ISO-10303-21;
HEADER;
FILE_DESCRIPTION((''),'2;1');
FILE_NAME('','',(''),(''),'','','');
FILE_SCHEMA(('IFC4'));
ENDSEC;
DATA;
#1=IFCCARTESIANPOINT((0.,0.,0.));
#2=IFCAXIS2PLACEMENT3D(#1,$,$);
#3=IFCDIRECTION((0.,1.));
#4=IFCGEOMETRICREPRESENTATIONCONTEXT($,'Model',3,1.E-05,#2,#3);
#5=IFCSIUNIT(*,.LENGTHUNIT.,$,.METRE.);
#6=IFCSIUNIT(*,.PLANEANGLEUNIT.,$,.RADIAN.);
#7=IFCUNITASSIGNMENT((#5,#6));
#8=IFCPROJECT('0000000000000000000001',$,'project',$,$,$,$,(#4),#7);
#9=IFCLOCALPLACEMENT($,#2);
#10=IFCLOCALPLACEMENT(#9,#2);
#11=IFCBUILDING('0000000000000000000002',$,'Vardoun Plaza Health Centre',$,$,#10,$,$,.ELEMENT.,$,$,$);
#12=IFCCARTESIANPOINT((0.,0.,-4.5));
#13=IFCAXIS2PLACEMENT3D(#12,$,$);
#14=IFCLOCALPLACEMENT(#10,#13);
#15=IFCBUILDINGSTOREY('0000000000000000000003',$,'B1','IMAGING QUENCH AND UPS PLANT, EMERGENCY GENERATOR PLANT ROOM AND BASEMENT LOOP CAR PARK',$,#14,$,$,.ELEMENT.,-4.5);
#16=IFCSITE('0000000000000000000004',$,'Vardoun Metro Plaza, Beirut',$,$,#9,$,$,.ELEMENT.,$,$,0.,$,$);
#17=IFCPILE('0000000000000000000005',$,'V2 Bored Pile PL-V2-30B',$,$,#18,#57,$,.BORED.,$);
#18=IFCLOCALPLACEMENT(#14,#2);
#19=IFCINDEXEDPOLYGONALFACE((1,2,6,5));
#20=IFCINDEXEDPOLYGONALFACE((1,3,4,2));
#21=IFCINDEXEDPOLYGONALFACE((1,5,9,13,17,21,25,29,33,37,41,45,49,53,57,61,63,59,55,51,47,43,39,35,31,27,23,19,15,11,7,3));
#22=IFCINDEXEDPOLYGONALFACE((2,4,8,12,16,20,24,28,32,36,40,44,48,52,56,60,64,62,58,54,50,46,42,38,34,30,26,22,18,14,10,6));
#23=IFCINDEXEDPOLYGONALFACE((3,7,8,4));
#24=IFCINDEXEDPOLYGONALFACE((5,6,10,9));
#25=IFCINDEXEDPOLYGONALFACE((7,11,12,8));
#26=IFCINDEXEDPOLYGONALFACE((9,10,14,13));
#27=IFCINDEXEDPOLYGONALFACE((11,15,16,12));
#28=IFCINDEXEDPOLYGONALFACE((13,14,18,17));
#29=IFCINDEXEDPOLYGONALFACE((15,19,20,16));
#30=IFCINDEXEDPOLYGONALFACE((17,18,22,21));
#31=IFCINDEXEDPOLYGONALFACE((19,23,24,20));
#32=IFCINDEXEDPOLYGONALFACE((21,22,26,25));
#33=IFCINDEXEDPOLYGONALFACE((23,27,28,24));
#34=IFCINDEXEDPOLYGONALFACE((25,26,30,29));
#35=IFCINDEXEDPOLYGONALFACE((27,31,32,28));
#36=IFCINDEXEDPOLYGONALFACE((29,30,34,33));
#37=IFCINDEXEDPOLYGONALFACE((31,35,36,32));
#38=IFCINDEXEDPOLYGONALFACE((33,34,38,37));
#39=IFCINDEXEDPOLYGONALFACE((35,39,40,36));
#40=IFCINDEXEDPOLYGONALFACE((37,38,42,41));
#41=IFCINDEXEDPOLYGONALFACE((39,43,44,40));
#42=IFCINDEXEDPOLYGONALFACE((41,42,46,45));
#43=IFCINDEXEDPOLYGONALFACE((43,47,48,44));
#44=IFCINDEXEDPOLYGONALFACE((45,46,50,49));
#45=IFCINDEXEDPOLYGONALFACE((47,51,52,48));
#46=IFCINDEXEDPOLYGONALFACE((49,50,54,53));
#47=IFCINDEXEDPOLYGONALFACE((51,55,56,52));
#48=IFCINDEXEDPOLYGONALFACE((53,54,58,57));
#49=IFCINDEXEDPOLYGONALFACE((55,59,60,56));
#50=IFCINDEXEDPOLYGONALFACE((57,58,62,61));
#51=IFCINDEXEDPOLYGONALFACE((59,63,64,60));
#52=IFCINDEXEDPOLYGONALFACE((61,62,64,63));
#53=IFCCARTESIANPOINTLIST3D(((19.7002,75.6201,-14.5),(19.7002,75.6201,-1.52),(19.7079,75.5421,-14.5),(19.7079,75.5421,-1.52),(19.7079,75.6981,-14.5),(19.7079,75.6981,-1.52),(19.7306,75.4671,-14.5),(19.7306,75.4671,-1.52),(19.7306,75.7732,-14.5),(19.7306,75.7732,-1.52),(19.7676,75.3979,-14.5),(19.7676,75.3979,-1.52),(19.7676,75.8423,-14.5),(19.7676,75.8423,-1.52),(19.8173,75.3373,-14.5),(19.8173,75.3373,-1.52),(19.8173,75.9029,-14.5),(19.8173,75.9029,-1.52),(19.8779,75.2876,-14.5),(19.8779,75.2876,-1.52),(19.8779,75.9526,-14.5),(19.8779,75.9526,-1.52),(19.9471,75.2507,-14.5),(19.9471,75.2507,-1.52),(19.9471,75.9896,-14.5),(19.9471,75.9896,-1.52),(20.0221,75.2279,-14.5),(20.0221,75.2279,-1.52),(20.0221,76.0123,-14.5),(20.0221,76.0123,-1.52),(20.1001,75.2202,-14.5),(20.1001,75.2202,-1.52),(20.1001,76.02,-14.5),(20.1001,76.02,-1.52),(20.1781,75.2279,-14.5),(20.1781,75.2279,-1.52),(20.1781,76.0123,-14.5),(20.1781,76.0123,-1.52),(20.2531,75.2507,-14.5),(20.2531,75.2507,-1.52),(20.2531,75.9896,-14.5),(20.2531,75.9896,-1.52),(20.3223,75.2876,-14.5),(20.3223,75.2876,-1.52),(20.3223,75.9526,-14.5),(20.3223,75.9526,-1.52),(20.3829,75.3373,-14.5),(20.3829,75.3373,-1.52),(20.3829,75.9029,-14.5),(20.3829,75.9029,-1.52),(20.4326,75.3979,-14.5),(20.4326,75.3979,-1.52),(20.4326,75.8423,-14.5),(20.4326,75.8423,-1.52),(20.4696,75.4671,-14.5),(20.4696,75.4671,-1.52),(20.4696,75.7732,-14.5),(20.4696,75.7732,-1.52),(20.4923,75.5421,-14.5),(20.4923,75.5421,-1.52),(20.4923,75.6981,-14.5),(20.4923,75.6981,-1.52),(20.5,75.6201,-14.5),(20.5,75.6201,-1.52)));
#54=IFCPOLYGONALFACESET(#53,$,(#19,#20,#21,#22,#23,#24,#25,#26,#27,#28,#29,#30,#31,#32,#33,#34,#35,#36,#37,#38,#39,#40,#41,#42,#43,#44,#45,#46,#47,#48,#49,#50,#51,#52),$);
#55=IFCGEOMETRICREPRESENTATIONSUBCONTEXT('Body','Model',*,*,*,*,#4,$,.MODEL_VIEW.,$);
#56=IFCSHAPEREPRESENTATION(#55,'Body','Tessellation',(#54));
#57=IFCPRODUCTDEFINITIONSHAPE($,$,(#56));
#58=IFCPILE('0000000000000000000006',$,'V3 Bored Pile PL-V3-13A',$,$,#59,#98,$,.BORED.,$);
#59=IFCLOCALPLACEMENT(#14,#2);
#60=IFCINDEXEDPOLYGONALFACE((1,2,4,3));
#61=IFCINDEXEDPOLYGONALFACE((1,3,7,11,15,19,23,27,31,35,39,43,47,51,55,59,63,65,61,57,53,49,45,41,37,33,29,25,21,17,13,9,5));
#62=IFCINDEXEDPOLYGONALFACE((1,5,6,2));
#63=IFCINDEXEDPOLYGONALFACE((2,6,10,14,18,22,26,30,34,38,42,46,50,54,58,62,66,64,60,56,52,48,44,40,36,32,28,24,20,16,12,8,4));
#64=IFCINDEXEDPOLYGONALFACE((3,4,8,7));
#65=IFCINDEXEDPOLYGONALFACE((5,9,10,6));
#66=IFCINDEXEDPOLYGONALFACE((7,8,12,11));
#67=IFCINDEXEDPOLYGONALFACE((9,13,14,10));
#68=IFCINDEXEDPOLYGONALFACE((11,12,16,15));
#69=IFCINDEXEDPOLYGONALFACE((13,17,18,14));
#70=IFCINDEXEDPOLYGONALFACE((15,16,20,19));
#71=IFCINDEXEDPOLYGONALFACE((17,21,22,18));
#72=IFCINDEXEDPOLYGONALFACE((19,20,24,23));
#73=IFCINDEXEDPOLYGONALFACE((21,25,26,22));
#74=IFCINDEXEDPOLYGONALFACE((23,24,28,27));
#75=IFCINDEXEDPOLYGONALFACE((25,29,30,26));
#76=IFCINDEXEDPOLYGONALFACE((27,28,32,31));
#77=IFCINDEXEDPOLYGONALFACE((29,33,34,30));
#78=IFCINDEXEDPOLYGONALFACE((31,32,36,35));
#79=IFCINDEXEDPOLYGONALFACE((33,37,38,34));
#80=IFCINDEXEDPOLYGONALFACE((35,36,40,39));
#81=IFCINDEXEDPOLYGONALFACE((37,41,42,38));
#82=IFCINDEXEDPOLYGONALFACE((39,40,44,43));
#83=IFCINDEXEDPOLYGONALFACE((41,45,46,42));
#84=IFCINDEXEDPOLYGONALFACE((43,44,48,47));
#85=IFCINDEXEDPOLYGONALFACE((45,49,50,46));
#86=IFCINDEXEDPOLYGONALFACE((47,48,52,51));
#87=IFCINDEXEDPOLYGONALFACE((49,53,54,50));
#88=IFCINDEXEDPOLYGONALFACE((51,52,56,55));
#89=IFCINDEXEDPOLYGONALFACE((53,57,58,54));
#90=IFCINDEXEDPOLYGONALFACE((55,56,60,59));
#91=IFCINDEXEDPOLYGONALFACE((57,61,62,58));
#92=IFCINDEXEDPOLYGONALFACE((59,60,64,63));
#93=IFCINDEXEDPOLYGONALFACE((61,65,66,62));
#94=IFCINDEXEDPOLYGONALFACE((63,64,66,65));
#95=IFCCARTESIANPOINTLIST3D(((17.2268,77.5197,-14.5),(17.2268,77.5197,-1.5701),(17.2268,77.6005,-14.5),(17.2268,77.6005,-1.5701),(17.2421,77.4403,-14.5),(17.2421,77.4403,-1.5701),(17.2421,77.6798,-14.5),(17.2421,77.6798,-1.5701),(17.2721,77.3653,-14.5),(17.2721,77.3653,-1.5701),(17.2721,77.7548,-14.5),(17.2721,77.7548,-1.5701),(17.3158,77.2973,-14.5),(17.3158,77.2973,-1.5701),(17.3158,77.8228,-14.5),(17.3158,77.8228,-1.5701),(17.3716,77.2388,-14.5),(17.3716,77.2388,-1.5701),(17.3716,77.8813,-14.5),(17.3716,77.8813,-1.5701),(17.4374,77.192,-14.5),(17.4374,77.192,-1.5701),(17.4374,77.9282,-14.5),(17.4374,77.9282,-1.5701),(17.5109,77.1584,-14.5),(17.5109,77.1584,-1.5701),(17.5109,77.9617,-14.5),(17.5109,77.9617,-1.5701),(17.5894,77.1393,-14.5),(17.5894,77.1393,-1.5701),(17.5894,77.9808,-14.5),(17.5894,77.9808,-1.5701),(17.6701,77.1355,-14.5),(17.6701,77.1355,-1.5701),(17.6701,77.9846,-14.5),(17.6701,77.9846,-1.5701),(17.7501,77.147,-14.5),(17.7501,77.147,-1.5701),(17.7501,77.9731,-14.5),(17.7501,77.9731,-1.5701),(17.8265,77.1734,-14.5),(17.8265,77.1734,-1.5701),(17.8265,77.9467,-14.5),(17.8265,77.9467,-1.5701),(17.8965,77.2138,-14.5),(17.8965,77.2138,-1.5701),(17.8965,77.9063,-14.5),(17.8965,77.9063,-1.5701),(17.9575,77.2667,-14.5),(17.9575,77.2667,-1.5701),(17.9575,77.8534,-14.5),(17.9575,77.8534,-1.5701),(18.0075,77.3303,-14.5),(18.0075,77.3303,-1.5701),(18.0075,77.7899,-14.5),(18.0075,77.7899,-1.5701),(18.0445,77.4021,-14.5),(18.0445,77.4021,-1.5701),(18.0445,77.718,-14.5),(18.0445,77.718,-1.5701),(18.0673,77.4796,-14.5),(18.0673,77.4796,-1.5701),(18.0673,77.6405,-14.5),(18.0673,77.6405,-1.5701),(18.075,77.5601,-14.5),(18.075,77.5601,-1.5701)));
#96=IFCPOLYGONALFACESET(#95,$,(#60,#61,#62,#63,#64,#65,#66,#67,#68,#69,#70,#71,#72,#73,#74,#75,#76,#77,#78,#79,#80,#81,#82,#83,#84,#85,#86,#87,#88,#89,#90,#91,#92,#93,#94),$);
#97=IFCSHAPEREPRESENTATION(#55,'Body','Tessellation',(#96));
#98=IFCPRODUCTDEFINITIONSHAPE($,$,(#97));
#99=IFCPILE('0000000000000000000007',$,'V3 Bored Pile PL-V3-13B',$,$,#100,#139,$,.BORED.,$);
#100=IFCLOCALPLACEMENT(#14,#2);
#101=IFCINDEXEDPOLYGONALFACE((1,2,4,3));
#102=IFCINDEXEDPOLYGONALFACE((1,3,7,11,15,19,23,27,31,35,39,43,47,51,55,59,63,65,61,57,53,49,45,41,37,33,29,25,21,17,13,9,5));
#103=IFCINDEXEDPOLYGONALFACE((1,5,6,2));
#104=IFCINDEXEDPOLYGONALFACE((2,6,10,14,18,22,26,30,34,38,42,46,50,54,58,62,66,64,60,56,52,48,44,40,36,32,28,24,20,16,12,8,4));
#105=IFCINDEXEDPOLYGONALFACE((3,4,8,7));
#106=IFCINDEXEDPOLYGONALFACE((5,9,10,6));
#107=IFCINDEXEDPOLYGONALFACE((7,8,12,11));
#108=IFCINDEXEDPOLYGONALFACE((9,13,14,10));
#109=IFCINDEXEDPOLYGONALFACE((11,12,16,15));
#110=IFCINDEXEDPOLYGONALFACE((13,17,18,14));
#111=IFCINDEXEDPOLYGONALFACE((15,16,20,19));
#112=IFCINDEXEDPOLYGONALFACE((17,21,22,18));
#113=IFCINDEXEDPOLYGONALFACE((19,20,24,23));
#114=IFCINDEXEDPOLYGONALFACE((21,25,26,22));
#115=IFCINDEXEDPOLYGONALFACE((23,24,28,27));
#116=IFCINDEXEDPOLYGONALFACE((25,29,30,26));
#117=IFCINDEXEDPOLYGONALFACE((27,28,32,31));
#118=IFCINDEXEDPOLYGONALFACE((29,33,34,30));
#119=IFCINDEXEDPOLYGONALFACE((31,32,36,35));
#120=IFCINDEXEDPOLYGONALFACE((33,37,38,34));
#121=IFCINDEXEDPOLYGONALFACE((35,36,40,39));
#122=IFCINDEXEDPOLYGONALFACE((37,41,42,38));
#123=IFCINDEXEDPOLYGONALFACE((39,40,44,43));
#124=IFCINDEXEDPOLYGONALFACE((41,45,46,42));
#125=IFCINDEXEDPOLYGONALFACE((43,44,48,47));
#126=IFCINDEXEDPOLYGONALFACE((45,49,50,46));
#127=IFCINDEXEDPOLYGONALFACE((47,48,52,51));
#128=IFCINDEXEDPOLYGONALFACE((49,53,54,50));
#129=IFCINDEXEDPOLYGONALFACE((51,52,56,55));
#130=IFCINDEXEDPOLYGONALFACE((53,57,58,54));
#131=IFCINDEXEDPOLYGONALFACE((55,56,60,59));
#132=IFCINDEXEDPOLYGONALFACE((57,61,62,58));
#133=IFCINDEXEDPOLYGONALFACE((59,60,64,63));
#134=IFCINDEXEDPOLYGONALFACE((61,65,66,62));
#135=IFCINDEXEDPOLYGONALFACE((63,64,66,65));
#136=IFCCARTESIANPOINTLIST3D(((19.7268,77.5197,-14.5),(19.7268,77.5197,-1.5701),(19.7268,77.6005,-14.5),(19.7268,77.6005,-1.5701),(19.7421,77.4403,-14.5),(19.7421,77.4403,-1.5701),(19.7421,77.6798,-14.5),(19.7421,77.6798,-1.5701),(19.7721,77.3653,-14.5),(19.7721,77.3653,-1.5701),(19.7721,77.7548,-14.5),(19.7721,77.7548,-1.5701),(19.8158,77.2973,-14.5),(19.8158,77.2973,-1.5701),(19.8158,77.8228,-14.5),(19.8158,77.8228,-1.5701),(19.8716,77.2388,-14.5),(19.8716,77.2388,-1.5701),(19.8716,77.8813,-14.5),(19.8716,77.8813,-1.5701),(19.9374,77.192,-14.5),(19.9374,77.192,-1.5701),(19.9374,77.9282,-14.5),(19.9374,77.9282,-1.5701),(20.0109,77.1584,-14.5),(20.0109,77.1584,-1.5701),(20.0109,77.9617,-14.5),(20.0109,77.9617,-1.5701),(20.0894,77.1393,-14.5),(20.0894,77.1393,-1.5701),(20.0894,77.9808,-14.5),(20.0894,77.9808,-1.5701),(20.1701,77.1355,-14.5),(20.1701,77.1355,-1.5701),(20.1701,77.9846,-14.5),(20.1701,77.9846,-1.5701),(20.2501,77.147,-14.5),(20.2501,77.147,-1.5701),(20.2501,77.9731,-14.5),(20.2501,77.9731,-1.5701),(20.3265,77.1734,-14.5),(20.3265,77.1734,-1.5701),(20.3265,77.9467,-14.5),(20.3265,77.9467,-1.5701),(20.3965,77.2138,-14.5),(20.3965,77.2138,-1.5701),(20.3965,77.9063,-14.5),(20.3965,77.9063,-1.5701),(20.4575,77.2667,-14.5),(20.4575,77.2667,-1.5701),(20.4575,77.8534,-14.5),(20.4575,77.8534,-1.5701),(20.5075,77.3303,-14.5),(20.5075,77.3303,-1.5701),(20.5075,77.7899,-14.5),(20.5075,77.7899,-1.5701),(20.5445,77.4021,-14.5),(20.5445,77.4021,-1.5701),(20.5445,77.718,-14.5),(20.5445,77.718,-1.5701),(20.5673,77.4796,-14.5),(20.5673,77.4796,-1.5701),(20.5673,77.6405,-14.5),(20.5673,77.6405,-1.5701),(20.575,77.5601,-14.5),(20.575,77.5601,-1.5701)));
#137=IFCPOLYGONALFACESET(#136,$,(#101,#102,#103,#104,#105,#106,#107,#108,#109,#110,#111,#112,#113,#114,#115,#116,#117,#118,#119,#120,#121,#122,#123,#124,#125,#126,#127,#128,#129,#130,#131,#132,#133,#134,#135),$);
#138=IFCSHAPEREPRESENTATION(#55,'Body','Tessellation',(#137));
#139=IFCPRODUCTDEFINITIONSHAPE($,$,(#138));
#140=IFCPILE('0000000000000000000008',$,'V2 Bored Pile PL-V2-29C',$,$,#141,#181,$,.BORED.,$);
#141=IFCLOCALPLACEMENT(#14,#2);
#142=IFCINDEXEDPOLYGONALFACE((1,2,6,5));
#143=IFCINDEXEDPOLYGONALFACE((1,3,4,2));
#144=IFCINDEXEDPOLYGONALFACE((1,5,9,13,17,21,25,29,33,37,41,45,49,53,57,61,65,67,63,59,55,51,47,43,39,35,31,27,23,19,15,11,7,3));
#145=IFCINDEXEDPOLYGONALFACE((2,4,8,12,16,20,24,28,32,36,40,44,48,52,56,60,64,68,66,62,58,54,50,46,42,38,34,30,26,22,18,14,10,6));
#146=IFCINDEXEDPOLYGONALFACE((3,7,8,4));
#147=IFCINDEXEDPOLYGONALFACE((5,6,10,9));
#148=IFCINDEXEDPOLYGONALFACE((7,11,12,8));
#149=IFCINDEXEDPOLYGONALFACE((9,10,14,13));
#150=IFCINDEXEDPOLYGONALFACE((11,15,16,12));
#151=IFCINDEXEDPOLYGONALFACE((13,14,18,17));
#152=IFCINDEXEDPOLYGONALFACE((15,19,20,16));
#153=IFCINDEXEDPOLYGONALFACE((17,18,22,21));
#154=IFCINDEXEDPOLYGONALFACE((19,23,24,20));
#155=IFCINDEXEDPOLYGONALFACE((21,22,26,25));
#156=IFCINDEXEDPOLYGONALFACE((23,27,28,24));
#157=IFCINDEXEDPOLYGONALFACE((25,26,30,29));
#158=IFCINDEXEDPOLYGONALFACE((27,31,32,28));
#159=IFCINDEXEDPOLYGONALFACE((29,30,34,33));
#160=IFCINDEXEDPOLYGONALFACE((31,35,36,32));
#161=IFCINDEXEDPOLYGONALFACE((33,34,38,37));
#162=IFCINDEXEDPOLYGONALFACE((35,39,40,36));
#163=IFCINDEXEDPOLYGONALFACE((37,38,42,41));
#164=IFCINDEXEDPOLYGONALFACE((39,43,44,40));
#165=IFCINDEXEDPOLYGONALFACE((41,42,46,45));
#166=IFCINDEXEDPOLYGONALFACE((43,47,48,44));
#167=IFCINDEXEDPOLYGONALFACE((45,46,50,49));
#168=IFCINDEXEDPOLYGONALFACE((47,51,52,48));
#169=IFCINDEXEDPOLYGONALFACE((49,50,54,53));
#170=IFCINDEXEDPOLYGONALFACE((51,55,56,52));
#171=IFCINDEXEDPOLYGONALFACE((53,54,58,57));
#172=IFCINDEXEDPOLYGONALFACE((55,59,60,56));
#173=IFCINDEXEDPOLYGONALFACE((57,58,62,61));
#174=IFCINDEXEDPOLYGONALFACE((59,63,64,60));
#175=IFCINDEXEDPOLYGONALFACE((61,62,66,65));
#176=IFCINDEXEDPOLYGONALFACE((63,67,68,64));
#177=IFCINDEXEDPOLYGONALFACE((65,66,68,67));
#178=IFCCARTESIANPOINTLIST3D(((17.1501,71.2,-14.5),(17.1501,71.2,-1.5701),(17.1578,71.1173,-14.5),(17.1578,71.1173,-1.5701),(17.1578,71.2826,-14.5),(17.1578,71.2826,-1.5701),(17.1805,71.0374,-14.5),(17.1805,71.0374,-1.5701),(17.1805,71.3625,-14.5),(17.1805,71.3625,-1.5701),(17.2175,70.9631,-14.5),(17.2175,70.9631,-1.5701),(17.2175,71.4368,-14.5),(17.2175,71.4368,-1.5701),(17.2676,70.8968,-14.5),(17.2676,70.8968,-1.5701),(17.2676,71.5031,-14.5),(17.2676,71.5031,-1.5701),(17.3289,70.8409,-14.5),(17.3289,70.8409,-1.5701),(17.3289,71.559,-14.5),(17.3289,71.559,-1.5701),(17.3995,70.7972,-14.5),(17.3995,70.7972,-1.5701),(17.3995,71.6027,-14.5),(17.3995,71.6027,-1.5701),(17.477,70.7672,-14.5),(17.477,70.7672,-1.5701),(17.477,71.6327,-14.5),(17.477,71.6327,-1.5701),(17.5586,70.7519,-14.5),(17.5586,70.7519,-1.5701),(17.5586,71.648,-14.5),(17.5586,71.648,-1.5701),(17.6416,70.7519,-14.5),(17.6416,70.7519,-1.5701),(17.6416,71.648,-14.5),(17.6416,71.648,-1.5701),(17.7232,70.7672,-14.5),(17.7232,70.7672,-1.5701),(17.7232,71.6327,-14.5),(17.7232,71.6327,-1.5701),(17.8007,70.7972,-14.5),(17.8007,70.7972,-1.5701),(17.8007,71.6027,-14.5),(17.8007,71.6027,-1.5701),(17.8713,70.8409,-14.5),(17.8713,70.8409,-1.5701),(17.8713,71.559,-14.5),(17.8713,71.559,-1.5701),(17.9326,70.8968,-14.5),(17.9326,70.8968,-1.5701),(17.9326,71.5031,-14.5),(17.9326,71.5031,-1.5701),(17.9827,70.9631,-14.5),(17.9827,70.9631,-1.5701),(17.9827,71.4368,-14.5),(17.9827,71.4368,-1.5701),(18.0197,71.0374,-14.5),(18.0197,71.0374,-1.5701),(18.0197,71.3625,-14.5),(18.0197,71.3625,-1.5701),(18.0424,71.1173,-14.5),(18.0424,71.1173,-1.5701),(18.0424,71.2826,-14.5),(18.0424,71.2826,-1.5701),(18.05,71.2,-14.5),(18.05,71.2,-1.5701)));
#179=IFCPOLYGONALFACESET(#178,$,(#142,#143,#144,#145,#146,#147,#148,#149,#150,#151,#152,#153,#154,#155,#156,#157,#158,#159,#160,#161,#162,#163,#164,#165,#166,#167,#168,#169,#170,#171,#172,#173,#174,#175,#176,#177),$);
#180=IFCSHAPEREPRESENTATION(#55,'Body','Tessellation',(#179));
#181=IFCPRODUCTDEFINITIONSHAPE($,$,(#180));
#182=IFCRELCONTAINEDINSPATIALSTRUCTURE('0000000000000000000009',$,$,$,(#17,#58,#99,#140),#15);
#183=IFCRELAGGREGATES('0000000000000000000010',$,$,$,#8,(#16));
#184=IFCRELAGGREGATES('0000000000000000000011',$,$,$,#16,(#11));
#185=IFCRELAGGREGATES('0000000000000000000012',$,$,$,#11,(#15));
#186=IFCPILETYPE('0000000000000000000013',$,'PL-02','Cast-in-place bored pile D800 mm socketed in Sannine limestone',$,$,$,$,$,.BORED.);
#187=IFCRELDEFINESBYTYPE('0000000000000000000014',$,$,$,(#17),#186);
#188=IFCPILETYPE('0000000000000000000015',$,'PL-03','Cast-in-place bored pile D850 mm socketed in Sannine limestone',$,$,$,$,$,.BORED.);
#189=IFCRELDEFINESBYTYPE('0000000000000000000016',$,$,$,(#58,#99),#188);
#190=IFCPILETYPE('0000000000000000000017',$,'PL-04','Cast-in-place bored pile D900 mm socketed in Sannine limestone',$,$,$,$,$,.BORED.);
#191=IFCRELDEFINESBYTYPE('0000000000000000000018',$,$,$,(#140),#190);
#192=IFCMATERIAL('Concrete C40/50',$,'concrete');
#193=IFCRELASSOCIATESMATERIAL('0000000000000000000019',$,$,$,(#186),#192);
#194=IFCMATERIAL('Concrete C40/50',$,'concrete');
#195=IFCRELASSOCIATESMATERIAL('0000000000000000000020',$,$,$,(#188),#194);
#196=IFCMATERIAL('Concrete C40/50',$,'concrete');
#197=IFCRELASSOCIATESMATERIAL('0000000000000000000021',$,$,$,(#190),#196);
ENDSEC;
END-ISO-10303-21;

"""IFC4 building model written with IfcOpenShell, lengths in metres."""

from ifc_helpers import new_model, si_unit, direction, frame, origin, origin_2d, place, context, subcontext, project, spatial, circle, extrude, material, material_profile, profile_set, type_object, element, save


model = new_model("IFC4")

# Units and contexts
model_context = context("Model", 3, precision=1e-05, world=origin(), true_north=direction((0.0, 1.0)))
body_context = subcontext(model_context, "Body", "Model", "MODEL_VIEW")
ifc_project = project(units=[si_unit("LENGTHUNIT", "METRE"), si_unit("PLANEANGLEUNIT", "RADIAN")], contexts=[model_context])

# Site, building, storey
site_placement = place(None, origin())
site = spatial("IfcSite", under=ifc_project, at=site_placement, Name="Vardoun Metro Plaza, Beirut", CompositionType="ELEMENT", RefElevation=0.0)
building_placement = place(site_placement, origin())
building = spatial("IfcBuilding", under=site, at=building_placement, Name="Vardoun Plaza Health Centre", CompositionType="ELEMENT")
storey_placement = place(building_placement, frame((0.0, 0.0, -4.5)))
storey = spatial("IfcBuildingStorey", under=building, at=storey_placement, Name="B1", Description="IMAGING QUENCH AND UPS PLANT, EMERGENCY GENERATOR PLANT ROOM AND BASEMENT LOOP CAR PARK", CompositionType="ELEMENT", Elevation=-4.5)

# Piles
ifc_material_1 = material(Name="Concrete C40/50", Category="concrete")
ifc_material_profile_1 = material_profile(ifc_material_1, circle(Radius=0.3999, at=origin_2d()), Name="PILE D800")
ifc_profile_set_1 = profile_set([ifc_material_profile_1], Name="Concrete C40/50")
pile_type_1 = type_object("IfcPileType", Name="PL-02", Description="Cast-in-place bored pile D800 mm socketed in Sannine limestone", PredefinedType="BORED", material=ifc_profile_set_1)
for number, where, z_axis, x_axis, name in (
    (1, (20.1001, 75.6201, -1.52), (0.0, 0.0, -1.0), (1.0, 0.0, 0.0), "V2 Bored Pile PL-V2-30B"),
):
    element("IfcPile", number, at=place(storey_placement, frame(where, z_axis=z_axis, x_axis=x_axis)), inside=storey, type_object=pile_type_1, Name=name, PredefinedType="BORED", context=body_context, shape_type="SweptSolid", body=[
        extrude(circle(Radius=0.3999, at=origin_2d()), origin(), (0.0, 0.0, 1.0), 12.98),
    ])
ifc_material_2 = material(Name="Concrete C40/50", Category="concrete")
ifc_material_profile_2 = material_profile(ifc_material_2, circle(Radius=0.425, at=origin_2d()), Name="PILE D850")
ifc_profile_set_2 = profile_set([ifc_material_profile_2], Name="Concrete C40/50")
pile_type_2 = type_object("IfcPileType", Name="PL-03", Description="Cast-in-place bored pile D850 mm socketed in Sannine limestone", PredefinedType="BORED", material=ifc_profile_set_2)
for number, where, z_axis, x_axis, name in (
    (2, (17.6499, 77.5601, -1.5701), (0.0, 0.0, -1.0), (1.0, 0.0, 0.0), "V3 Bored Pile PL-V3-13A"),
    (3, (20.1499, 77.5601, -1.5701), (0.0, 0.0, -1.0), (1.0, 0.0, 0.0), "V3 Bored Pile PL-V3-13B"),
):
    element("IfcPile", number, at=place(storey_placement, frame(where, z_axis=z_axis, x_axis=x_axis)), inside=storey, type_object=pile_type_2, Name=name, PredefinedType="BORED", context=body_context, shape_type="SweptSolid", body=[
        extrude(circle(Radius=0.425, at=origin_2d()), origin(), (0.0, 0.0, 1.0), 12.9299),
    ])
ifc_material_3 = material(Name="Concrete C40/50", Category="concrete")
ifc_material_profile_3 = material_profile(ifc_material_3, circle(Radius=0.45, at=origin_2d()), Name="PILE D900")
ifc_profile_set_3 = profile_set([ifc_material_profile_3], Name="Concrete C40/50")
pile_type_3 = type_object("IfcPileType", Name="PL-04", Description="Cast-in-place bored pile D900 mm socketed in Sannine limestone", PredefinedType="BORED", material=ifc_profile_set_3)
for number, where, z_axis, x_axis, name in (
    (4, (17.6001, 71.2, -1.5701), (0.0, 0.0, -1.0), (1.0, 0.0, 0.0), "V2 Bored Pile PL-V2-29C"),
):
    element("IfcPile", number, at=place(storey_placement, frame(where, z_axis=z_axis, x_axis=x_axis)), inside=storey, type_object=pile_type_3, Name=name, PredefinedType="BORED", context=body_context, shape_type="SweptSolid", body=[
        extrude(circle(Radius=0.45, at=origin_2d()), origin(), (0.0, 0.0, 1.0), 12.9299),
    ])

save(model, "model.ifc")
